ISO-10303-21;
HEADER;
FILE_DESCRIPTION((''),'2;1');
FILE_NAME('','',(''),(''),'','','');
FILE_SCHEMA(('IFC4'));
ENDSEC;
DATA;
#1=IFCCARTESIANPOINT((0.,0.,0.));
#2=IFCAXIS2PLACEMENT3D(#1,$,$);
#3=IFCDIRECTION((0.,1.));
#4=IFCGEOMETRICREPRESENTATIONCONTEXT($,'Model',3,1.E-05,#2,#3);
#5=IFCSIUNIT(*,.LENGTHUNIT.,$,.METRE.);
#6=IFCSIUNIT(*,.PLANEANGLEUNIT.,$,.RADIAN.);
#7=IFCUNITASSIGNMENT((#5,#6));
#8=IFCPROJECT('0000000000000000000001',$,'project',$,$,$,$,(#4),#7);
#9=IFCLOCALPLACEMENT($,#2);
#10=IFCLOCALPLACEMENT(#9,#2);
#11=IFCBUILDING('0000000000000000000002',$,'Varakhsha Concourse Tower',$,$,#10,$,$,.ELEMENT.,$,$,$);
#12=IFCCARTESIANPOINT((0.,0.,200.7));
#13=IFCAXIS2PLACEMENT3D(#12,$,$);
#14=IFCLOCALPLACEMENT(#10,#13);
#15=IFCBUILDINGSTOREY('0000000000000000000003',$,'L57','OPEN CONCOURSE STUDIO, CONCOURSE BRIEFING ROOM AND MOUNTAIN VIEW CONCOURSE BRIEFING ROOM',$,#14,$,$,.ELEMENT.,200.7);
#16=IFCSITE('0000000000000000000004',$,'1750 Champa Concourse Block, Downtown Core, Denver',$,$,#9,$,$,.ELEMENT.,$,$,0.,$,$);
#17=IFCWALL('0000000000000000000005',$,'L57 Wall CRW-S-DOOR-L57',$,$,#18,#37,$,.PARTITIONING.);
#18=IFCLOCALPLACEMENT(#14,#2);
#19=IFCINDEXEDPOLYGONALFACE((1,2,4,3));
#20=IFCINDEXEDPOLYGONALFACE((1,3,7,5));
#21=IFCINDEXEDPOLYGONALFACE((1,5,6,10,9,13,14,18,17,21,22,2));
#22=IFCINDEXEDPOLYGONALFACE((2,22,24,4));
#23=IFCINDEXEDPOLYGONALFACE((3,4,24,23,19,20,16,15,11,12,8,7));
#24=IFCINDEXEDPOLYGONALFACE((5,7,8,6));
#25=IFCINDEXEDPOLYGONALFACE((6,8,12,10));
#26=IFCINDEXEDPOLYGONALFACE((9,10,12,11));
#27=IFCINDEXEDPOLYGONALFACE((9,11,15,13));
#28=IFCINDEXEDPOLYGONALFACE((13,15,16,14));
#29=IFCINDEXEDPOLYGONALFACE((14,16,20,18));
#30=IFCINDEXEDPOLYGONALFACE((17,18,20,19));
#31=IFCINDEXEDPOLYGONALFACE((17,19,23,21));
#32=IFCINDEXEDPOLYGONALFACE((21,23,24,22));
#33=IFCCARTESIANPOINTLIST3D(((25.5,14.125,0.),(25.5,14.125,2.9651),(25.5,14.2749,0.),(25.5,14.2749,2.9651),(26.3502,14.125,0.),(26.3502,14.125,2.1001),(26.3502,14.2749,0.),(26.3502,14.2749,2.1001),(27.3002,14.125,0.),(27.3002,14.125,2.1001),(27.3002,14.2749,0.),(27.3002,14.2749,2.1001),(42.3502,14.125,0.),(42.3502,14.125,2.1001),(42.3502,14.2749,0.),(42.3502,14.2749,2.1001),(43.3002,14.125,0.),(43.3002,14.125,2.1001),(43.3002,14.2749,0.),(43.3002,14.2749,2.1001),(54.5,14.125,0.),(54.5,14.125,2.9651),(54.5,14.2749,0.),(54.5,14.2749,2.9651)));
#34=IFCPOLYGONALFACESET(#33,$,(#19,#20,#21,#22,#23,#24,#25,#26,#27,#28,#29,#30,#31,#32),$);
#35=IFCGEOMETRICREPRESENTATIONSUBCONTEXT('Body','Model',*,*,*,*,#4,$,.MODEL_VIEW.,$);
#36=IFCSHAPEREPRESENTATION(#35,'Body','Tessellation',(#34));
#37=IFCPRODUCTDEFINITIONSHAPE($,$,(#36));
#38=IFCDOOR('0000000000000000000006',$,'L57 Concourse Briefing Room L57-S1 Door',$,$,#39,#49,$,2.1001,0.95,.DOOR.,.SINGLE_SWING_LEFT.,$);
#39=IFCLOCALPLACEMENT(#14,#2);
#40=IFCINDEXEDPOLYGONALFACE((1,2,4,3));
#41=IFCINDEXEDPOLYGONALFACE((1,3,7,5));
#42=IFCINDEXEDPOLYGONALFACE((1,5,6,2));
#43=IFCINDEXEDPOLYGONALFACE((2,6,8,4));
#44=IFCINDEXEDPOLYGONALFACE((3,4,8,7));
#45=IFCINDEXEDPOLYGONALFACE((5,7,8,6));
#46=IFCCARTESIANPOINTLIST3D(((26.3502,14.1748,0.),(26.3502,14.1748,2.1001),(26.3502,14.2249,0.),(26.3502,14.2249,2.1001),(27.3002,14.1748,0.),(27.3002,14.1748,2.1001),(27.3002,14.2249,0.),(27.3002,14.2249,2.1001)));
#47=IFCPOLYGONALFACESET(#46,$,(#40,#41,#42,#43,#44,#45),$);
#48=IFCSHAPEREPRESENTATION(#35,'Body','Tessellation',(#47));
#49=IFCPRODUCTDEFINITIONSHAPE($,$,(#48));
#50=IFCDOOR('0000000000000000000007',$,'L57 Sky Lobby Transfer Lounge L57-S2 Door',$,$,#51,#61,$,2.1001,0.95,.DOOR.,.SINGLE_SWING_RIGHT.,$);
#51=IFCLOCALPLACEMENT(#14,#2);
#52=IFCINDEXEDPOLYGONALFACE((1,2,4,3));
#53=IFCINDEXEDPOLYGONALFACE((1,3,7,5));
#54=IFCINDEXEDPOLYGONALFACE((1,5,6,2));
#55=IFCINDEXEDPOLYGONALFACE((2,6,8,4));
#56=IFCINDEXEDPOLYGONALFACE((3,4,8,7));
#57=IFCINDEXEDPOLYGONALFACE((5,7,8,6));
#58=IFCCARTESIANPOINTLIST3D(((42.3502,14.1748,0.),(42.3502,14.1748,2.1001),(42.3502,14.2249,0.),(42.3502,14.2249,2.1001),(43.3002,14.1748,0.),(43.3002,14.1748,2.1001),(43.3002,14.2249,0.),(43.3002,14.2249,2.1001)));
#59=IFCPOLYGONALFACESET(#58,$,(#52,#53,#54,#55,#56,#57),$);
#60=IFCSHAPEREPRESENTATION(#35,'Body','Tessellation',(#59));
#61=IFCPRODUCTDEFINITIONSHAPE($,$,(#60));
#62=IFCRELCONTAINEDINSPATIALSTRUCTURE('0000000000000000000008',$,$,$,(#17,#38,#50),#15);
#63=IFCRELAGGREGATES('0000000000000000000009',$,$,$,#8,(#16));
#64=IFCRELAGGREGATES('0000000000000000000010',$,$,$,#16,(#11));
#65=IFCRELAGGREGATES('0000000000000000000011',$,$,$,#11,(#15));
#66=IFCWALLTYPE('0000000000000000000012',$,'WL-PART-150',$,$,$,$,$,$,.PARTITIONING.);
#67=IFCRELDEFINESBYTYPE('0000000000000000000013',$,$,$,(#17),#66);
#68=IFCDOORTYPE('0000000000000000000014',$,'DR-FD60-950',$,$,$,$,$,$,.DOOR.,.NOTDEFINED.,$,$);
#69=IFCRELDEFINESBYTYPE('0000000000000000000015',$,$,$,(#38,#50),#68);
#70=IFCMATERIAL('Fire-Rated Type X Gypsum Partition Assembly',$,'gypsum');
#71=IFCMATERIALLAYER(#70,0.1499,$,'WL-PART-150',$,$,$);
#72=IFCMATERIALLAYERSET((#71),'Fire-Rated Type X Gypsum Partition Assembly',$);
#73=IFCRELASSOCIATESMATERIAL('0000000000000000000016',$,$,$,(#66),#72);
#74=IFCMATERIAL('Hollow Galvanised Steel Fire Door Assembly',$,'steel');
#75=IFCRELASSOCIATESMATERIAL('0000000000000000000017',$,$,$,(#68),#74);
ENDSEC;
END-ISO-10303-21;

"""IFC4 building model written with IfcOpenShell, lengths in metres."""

from ifc_helpers import new_model, si_unit, direction, frame, frame_2d, origin, place, context, subcontext, project, spatial, rectangle, extrude, material, layer, layer_set, type_object, element, fill, save


model = new_model("IFC4")

# Units and contexts
model_context = context("Model", 3, precision=1e-05, world=origin(), true_north=direction((0.0, 1.0)))
body_context = subcontext(model_context, "Body", "Model", "MODEL_VIEW")
ifc_project = project(units=[si_unit("LENGTHUNIT", "METRE"), si_unit("PLANEANGLEUNIT", "RADIAN")], contexts=[model_context])

# Site, building, storey
site_placement = place(None, origin())
site = spatial("IfcSite", under=ifc_project, at=site_placement, Name="1750 Champa Concourse Block, Downtown Core, Denver", CompositionType="ELEMENT", RefElevation=0.0)
building_placement = place(site_placement, origin())
building = spatial("IfcBuilding", under=site, at=building_placement, Name="Varakhsha Concourse Tower", CompositionType="ELEMENT")
storey_placement = place(building_placement, frame((0.0, 0.0, 200.7)))
storey = spatial("IfcBuildingStorey", under=building, at=storey_placement, Name="L57", Description="OPEN CONCOURSE STUDIO, CONCOURSE BRIEFING ROOM AND MOUNTAIN VIEW CONCOURSE BRIEFING ROOM", CompositionType="ELEMENT", Elevation=200.7)

# Wall, openings, doors
ifc_material_1 = material(Name="Fire-Rated Type X Gypsum Partition Assembly", Category="gypsum")
ifc_layer_1 = layer(ifc_material_1, 0.1499, Name="WL-PART-150")
ifc_layer_set_1 = layer_set([ifc_layer_1], Name="Fire-Rated Type X Gypsum Partition Assembly")
wall_type = type_object("IfcWallType", Name="WL-PART-150", PredefinedType="PARTITIONING", material=ifc_layer_set_1)
wall_placement = place(storey_placement, frame((25.5, 14.2, 0.0), z_axis=(0.0, 0.0, 1.0), x_axis=(1.0, 0.0, 0.0)))
wall = element("IfcWall", 1, at=wall_placement, inside=storey, type_object=wall_type, Name="L57 Wall CRW-S-DOOR-L57", PredefinedType="PARTITIONING", context=body_context, shape_type="SweptSolid", body=[
    extrude(rectangle(XDim=29.0, YDim=0.1499, at=frame_2d((14.5, 0.0))), origin(), (0.0, 0.0, 1.0), 2.9651),
])
opening_1_placement = place(wall_placement, frame((0.8501, 0.0, 0.0)))
opening_1 = element("IfcOpeningElement", 2, at=opening_1_placement, cuts=wall, PredefinedType="OPENING", context=body_context, shape_type="SweptSolid", body=[
    extrude(rectangle(XDim=0.95, YDim=2.1001, at=frame_2d((0.4751, 1.05))), frame((0.0, 0.085, 0.0), z_axis=(0.0, -1.0, 0.0), x_axis=(1.0, 0.0, 0.0)), (0.0, 0.0, 1.0), 0.1699),
])
opening_2_placement = place(wall_placement, frame((16.8501, 0.0, 0.0)))
opening_2 = element("IfcOpeningElement", 3, at=opening_2_placement, cuts=wall, PredefinedType="OPENING", context=body_context, shape_type="SweptSolid", body=[
    extrude(rectangle(XDim=0.95, YDim=2.1001, at=frame_2d((0.4751, 1.05))), frame((0.0, 0.085, 0.0), z_axis=(0.0, -1.0, 0.0), x_axis=(1.0, 0.0, 0.0)), (0.0, 0.0, 1.0), 0.1699),
])
ifc_material_2 = material(Name="Hollow Galvanised Steel Fire Door Assembly", Category="steel")
door_type = type_object("IfcDoorType", Name="DR-FD60-950", OperationType="NOTDEFINED", PredefinedType="DOOR", material=ifc_material_2)
door_1_placement = place(opening_1_placement, origin())
door_1 = element("IfcDoor", 4, at=door_1_placement, inside=storey, type_object=door_type, Name="L57 Concourse Briefing Room L57-S1 Door", OperationType="SINGLE_SWING_LEFT", OverallHeight=2.1001, OverallWidth=0.95, PredefinedType="DOOR", context=body_context, shape_type="SweptSolid", body=[
    extrude(rectangle(XDim=0.95, YDim=2.1001, at=frame_2d((0.4751, 1.05))), frame((0.0, 0.0249, 0.0), z_axis=(0.0, -1.0, 0.0), x_axis=(1.0, 0.0, 0.0)), (0.0, 0.0, 1.0), 0.05),
])
fill(opening_1, door_1)
door_2_placement = place(opening_2_placement, origin())
door_2 = element("IfcDoor", 5, at=door_2_placement, inside=storey, type_object=door_type, Name="L57 Sky Lobby Transfer Lounge L57-S2 Door", OperationType="SINGLE_SWING_RIGHT", OverallHeight=2.1001, OverallWidth=0.95, PredefinedType="DOOR", context=body_context, shape_type="SweptSolid", body=[
    extrude(rectangle(XDim=0.95, YDim=2.1001, at=frame_2d((0.4751, 1.05))), frame((0.0, 0.0249, 0.0), z_axis=(0.0, -1.0, 0.0), x_axis=(1.0, 0.0, 0.0)), (0.0, 0.0, 1.0), 0.05),
])
fill(opening_2, door_2)

save(model, "model.ifc")
